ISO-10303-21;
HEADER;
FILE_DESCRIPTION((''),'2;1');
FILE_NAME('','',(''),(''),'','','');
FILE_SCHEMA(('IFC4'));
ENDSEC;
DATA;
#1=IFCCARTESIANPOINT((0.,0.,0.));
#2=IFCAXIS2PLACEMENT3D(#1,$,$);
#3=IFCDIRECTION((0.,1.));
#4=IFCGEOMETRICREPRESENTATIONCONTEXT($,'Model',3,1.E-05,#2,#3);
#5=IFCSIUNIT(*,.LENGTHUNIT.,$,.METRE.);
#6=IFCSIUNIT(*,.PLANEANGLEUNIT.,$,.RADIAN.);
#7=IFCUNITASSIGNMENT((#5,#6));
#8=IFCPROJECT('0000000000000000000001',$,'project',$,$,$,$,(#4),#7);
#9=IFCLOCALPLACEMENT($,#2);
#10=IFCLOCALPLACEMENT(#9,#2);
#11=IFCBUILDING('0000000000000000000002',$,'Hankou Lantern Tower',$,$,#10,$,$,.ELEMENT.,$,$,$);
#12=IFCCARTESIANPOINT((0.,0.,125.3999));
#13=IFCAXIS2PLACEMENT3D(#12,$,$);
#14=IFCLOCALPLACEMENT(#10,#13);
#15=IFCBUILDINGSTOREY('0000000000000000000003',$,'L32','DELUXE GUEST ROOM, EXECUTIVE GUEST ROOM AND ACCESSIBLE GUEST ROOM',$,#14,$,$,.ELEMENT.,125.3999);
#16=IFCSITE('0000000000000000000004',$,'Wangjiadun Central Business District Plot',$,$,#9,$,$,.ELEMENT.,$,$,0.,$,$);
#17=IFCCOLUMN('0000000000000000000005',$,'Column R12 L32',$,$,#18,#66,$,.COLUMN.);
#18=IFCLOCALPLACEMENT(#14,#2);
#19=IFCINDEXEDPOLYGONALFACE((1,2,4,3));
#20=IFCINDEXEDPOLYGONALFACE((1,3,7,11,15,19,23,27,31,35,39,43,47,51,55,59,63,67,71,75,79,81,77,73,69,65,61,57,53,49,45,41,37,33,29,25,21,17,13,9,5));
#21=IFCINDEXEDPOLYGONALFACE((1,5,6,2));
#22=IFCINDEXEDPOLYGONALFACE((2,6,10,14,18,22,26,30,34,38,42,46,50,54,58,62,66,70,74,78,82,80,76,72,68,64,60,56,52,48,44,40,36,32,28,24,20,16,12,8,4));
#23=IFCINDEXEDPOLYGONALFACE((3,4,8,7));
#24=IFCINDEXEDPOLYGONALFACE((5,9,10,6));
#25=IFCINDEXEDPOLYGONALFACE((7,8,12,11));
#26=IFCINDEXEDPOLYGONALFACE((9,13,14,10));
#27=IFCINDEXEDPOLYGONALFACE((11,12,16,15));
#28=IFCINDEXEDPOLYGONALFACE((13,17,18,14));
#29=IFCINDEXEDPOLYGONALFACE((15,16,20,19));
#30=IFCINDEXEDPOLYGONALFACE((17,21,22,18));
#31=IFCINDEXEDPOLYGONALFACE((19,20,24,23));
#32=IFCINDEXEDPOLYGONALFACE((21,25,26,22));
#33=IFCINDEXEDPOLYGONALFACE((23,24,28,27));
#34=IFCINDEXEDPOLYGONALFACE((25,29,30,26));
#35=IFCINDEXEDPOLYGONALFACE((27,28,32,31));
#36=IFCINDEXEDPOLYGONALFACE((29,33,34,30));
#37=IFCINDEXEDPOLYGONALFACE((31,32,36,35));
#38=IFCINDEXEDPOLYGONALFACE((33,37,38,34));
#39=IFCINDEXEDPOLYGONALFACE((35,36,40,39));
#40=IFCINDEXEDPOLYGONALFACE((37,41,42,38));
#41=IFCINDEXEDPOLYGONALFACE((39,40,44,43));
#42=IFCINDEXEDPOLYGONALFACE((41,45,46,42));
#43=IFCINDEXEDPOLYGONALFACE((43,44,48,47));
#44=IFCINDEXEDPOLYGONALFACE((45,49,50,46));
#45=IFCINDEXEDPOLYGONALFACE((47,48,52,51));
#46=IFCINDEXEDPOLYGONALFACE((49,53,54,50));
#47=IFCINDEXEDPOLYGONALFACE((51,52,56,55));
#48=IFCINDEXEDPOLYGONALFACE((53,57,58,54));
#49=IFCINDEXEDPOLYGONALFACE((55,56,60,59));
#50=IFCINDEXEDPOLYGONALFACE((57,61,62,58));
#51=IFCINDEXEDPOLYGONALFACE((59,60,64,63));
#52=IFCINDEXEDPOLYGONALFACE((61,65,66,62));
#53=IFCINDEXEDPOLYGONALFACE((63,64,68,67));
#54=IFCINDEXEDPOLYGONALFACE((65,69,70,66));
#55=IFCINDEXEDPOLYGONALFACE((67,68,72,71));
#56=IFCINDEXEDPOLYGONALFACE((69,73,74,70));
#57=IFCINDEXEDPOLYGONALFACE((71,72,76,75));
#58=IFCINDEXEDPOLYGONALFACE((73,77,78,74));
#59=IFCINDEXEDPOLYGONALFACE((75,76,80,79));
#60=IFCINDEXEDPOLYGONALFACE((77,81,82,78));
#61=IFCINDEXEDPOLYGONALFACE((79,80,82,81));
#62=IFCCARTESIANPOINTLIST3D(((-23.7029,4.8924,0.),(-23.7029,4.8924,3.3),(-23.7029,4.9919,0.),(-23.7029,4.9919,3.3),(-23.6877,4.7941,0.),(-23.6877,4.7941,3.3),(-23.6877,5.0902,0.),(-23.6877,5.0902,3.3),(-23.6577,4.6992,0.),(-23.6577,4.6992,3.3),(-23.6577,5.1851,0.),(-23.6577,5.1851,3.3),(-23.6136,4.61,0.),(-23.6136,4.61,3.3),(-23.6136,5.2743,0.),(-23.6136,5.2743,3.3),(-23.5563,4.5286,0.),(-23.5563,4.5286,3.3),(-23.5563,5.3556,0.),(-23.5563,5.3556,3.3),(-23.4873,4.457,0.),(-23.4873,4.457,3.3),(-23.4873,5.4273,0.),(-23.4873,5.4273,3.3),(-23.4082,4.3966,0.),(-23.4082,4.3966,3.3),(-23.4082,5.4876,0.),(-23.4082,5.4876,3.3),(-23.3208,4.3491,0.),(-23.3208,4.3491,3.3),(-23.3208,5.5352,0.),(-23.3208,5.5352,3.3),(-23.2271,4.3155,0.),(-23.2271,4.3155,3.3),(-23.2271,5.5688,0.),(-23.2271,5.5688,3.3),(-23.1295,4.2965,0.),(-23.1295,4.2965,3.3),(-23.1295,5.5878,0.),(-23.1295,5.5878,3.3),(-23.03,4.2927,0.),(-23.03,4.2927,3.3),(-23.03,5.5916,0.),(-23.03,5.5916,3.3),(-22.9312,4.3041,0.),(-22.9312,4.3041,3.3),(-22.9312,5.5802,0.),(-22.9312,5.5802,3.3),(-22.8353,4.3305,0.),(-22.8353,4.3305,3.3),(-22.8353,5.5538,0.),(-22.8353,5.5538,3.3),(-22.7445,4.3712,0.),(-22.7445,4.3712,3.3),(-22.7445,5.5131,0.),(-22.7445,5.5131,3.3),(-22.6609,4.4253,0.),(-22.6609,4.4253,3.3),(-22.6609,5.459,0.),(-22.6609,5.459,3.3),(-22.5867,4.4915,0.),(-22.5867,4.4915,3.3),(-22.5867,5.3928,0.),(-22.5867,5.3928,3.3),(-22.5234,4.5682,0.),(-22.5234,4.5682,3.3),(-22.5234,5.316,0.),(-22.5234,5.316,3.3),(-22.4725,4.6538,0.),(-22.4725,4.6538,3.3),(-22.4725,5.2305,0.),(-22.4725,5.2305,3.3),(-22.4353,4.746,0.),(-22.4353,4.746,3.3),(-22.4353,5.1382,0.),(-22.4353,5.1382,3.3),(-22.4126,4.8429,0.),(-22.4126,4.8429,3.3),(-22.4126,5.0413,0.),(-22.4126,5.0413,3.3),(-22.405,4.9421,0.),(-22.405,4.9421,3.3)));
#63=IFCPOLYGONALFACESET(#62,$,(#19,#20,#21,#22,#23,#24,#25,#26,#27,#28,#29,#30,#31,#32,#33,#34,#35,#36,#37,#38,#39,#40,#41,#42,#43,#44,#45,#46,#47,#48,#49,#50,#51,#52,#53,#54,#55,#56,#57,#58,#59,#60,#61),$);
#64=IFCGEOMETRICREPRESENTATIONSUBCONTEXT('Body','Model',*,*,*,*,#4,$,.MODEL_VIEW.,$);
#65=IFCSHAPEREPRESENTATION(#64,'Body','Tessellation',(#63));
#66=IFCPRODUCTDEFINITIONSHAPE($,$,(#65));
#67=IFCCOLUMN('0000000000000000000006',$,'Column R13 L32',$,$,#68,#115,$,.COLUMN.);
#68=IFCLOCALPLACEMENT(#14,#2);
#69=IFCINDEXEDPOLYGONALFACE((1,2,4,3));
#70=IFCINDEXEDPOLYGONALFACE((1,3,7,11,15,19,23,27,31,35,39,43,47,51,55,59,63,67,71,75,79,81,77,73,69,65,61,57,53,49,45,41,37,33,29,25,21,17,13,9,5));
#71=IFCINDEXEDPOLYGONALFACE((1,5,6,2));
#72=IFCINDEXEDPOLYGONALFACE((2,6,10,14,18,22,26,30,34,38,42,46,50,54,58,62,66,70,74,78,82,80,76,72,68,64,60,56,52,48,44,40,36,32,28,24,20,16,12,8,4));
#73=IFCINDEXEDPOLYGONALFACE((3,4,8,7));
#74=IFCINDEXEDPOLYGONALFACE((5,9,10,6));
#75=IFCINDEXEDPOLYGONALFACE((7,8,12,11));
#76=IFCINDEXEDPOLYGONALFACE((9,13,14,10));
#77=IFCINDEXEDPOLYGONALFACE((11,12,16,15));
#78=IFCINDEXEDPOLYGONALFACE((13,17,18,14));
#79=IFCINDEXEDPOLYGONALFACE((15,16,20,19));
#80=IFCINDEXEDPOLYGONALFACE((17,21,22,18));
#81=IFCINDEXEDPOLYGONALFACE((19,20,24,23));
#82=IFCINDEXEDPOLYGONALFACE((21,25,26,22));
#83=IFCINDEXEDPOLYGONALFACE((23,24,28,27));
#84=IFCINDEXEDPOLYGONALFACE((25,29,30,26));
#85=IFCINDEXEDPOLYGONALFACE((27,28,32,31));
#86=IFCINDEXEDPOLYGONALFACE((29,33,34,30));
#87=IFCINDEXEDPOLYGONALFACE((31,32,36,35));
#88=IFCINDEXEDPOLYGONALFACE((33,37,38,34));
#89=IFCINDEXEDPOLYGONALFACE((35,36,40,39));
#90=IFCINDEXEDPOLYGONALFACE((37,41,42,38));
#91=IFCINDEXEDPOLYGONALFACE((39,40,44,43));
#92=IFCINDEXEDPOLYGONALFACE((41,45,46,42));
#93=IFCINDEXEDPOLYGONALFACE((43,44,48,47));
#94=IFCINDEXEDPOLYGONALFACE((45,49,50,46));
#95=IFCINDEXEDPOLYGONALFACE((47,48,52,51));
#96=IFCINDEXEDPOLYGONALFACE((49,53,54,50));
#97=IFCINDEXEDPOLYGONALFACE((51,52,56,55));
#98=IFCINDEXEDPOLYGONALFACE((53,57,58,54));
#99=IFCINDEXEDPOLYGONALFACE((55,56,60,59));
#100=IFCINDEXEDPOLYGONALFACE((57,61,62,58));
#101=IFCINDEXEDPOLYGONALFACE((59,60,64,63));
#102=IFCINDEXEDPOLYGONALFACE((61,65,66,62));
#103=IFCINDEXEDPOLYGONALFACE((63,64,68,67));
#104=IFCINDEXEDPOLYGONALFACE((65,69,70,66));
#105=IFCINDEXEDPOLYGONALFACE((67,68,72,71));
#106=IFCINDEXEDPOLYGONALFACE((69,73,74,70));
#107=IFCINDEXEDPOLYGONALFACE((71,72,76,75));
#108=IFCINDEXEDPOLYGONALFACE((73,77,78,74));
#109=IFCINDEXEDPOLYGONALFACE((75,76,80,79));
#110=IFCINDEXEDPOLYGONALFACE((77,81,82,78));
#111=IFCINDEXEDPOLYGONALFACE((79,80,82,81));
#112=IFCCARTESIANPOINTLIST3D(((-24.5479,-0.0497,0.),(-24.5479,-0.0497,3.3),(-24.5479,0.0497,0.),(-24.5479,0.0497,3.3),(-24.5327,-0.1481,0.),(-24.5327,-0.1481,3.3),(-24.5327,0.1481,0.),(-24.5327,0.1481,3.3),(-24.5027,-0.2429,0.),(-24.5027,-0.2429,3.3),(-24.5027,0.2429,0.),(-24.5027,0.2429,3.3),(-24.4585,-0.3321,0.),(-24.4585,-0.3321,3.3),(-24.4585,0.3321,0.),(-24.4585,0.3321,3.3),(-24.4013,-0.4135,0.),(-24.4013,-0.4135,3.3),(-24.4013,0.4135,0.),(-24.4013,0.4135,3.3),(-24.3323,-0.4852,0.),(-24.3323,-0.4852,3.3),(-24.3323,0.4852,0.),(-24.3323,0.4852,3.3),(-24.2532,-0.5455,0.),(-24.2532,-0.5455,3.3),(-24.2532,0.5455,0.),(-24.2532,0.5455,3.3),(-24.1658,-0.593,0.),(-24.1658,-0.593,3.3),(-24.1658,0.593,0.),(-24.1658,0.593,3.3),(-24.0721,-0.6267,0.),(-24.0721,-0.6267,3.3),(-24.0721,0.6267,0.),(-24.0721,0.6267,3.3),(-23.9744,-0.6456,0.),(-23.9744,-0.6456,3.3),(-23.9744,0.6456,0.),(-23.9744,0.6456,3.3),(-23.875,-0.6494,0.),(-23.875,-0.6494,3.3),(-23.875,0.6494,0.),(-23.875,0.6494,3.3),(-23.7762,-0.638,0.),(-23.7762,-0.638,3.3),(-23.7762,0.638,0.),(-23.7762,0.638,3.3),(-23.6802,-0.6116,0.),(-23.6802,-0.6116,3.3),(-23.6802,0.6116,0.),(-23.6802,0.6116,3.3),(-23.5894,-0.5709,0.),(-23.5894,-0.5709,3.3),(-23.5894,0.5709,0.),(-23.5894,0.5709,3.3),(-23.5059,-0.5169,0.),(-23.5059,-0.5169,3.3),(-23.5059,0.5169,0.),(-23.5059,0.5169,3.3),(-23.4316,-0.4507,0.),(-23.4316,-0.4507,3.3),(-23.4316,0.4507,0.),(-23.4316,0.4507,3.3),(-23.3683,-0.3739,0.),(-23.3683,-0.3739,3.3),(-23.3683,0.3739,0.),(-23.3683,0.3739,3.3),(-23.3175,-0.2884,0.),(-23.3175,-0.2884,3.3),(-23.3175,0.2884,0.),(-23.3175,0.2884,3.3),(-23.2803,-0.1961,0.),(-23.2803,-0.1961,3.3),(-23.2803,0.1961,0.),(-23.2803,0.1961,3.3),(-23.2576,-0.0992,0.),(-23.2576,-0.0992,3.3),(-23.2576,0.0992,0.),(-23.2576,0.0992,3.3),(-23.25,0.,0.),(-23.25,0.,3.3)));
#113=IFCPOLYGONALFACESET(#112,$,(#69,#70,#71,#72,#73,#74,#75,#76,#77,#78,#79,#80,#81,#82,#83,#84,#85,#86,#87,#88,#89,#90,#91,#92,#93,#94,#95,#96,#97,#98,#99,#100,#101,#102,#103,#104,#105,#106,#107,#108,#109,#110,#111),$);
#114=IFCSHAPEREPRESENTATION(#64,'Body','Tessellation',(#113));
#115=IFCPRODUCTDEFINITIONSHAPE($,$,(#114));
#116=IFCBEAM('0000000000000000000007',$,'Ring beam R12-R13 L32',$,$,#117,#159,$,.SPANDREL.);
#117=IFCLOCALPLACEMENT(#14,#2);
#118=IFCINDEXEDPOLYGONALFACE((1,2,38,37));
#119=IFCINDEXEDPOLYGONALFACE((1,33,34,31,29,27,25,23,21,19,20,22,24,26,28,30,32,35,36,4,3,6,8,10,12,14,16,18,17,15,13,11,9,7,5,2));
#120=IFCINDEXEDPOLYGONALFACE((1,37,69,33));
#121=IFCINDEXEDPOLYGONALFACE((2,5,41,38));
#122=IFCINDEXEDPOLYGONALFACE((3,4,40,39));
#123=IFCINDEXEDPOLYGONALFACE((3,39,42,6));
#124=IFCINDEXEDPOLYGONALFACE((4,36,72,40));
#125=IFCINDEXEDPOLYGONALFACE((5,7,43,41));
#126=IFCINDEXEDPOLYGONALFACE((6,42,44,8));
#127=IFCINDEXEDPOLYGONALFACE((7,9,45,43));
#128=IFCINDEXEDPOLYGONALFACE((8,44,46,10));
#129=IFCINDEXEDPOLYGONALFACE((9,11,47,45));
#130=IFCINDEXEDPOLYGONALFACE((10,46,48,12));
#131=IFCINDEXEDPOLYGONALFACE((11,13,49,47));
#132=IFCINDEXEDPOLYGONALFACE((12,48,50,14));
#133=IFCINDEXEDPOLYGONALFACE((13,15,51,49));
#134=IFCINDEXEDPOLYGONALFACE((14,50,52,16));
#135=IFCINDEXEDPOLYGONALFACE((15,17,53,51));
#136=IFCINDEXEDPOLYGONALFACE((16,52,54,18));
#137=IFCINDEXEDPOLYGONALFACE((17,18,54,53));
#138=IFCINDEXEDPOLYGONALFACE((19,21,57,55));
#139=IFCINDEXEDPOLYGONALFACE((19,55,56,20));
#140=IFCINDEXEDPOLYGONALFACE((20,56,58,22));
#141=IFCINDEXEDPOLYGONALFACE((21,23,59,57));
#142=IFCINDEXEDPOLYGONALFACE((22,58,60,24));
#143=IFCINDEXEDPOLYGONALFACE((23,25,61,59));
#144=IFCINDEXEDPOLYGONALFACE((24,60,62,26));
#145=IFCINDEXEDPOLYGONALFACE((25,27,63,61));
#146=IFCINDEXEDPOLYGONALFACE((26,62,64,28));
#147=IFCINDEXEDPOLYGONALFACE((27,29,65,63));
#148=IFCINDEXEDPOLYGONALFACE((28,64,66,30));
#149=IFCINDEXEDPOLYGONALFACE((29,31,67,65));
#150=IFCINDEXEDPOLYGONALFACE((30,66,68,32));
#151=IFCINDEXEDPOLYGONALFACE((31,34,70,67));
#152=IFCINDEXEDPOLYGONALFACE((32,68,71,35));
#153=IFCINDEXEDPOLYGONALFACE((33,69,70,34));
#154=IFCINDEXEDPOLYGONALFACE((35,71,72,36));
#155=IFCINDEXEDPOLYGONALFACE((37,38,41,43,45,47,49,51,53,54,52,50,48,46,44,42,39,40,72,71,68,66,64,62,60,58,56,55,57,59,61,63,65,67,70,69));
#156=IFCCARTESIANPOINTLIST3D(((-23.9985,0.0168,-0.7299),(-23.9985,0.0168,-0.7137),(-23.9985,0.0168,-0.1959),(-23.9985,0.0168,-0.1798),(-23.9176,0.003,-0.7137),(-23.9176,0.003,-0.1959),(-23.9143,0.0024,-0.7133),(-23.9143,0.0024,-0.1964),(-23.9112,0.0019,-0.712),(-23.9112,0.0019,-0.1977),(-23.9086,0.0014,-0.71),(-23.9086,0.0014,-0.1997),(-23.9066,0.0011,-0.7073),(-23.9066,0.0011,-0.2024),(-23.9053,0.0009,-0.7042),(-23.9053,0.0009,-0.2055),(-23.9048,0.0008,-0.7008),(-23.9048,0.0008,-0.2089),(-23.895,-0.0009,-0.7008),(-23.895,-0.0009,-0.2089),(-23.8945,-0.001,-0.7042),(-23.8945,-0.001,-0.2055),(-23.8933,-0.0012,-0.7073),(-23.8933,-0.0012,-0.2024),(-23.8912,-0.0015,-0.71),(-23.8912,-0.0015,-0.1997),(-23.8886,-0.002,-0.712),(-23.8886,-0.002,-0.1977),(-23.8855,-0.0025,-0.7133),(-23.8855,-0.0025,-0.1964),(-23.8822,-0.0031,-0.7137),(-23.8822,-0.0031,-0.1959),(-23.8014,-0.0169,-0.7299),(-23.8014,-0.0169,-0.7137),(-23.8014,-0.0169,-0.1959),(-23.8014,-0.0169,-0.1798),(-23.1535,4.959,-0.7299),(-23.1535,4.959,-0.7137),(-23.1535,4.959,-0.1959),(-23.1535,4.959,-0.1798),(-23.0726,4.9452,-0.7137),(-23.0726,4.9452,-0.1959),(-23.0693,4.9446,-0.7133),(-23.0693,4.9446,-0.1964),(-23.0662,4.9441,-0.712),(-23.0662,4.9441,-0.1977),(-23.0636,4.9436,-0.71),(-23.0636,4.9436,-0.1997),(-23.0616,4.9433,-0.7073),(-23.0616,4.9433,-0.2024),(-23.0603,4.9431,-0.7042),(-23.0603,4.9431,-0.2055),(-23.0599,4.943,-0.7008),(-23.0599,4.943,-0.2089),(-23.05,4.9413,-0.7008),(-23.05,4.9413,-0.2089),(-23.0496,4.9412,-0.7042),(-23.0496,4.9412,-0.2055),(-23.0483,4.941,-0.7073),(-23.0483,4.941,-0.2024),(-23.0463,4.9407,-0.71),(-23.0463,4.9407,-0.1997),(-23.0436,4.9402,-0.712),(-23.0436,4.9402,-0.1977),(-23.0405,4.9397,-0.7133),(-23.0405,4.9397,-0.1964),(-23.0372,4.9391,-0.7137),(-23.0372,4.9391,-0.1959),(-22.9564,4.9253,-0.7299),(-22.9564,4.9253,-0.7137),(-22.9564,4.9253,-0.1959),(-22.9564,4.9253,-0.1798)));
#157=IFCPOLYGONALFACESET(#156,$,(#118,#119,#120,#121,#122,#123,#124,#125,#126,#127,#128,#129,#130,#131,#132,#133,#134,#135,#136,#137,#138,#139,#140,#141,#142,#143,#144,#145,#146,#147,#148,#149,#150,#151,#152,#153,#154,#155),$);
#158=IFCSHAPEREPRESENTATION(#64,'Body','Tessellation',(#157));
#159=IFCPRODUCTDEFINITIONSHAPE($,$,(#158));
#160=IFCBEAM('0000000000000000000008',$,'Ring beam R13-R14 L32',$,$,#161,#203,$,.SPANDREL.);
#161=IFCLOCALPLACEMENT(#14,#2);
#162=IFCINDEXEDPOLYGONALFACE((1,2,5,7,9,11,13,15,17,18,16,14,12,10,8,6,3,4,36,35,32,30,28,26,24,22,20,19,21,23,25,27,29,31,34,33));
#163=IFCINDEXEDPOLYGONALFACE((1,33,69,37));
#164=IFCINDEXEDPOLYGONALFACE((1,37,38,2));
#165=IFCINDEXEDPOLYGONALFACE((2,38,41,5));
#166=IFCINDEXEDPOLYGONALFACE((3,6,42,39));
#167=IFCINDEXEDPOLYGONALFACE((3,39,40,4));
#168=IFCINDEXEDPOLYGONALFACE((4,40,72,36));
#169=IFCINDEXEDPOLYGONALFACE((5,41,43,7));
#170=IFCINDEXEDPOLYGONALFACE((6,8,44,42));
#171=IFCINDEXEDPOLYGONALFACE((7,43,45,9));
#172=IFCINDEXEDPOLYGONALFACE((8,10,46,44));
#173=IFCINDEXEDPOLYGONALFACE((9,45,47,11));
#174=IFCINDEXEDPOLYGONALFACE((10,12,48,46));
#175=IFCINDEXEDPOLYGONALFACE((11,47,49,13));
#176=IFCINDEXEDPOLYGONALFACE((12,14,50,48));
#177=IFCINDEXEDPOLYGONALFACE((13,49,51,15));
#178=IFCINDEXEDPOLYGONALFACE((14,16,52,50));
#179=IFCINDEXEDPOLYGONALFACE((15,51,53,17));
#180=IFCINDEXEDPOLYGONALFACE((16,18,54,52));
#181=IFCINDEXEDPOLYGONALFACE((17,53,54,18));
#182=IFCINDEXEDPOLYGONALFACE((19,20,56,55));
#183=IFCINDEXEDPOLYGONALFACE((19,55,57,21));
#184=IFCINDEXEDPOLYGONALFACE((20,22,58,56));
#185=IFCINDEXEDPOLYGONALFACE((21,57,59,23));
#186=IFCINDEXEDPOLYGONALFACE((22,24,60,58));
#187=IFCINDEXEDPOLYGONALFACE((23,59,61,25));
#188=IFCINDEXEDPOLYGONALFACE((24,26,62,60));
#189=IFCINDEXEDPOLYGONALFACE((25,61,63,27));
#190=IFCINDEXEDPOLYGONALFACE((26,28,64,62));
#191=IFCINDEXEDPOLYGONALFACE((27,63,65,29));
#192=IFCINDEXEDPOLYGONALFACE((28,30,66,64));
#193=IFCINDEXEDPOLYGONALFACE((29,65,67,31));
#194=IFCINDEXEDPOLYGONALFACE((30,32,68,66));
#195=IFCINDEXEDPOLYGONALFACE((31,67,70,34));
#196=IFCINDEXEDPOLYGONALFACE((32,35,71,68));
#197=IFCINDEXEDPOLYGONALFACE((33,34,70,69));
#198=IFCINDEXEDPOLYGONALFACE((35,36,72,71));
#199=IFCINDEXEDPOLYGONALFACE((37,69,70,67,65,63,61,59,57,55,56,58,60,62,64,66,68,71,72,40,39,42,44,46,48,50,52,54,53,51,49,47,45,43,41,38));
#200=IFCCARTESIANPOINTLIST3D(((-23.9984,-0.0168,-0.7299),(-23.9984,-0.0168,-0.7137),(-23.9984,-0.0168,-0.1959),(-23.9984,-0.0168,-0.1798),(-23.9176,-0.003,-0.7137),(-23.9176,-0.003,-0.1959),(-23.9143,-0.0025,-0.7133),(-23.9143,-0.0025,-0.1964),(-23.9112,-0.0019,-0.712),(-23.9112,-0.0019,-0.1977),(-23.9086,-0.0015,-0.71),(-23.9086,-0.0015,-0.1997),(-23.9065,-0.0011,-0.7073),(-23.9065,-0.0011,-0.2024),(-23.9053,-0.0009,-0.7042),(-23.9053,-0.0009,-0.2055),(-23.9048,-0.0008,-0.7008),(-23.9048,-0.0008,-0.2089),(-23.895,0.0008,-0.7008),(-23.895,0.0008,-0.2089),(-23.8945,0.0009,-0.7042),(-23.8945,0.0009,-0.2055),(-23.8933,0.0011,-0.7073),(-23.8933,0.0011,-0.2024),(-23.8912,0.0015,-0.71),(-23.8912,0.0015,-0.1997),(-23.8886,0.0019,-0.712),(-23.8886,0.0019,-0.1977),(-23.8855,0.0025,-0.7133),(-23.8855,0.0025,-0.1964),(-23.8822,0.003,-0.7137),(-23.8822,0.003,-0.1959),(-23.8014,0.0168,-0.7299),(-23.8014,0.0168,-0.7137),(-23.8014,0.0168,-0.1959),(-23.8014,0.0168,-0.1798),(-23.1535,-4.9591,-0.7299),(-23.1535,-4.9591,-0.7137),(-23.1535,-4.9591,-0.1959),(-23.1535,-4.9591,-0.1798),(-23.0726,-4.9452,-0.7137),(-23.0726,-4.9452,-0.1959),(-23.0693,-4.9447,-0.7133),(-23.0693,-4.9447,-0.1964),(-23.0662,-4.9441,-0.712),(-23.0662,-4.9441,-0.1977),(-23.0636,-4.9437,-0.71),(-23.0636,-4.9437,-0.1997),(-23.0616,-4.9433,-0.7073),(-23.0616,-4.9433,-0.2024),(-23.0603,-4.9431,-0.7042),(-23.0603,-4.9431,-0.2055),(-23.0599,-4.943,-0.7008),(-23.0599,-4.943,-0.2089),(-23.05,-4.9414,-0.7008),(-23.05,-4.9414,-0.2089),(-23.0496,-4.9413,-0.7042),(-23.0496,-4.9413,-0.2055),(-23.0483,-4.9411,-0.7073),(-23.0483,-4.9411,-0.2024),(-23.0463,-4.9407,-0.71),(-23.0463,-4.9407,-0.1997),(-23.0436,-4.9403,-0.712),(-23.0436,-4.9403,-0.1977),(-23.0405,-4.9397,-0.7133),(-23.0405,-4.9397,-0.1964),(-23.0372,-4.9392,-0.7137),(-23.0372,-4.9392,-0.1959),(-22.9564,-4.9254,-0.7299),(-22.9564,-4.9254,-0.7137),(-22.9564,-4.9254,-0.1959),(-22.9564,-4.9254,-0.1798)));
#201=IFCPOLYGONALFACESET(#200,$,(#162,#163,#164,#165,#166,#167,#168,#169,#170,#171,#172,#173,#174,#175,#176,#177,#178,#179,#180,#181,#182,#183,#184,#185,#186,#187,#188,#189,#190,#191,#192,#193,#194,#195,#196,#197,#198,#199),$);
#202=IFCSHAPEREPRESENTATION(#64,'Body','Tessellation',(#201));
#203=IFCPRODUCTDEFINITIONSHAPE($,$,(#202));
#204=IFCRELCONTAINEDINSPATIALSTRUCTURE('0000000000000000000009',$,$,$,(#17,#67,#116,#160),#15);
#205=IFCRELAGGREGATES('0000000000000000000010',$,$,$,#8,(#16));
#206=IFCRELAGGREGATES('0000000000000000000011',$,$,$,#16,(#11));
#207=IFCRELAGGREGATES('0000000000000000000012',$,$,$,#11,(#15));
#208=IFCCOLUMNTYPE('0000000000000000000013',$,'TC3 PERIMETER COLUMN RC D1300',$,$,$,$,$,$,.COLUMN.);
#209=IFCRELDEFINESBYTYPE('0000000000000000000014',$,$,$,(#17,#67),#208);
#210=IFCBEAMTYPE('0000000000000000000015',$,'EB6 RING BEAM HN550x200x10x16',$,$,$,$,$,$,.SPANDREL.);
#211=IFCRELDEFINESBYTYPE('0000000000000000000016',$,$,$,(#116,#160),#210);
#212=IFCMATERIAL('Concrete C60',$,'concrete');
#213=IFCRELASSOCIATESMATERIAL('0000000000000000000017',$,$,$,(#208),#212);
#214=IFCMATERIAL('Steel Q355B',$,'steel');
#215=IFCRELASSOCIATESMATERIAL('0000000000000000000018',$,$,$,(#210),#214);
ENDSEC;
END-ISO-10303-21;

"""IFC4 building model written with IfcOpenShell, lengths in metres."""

from ifc_helpers import new_model, si_unit, direction, frame, origin, origin_2d, place, context, subcontext, project, spatial, circle, i_section, extrude, material, material_profile, profile_set, type_object, element, save


model = new_model("IFC4")

# Units and contexts
model_context = context("Model", 3, precision=1e-05, world=origin(), true_north=direction((0.0, 1.0)))
body_context = subcontext(model_context, "Body", "Model", "MODEL_VIEW")
ifc_project = project(units=[si_unit("LENGTHUNIT", "METRE"), si_unit("PLANEANGLEUNIT", "RADIAN")], contexts=[model_context])

# Site, building, storey
site_placement = place(None, origin())
site = spatial("IfcSite", under=ifc_project, at=site_placement, Name="Wangjiadun Central Business District Plot", CompositionType="ELEMENT", RefElevation=0.0)
building_placement = place(site_placement, origin())
building = spatial("IfcBuilding", under=site, at=building_placement, Name="Hankou Lantern Tower", CompositionType="ELEMENT")
storey_placement = place(building_placement, frame((0.0, 0.0, 125.3999)))
storey = spatial("IfcBuildingStorey", under=building, at=storey_placement, Name="L32", Description="DELUXE GUEST ROOM, EXECUTIVE GUEST ROOM AND ACCESSIBLE GUEST ROOM", CompositionType="ELEMENT", Elevation=125.3999)

# Columns
ifc_material_1 = material(Name="Concrete C60", Category="concrete")
ifc_material_profile_1 = material_profile(ifc_material_1, circle(Radius=0.6499, at=origin_2d()), Name="RC D1300")
ifc_profile_set_1 = profile_set([ifc_material_profile_1], Name="Concrete C60")
column_type = type_object("IfcColumnType", Name="TC3 PERIMETER COLUMN RC D1300", PredefinedType="COLUMN", material=ifc_profile_set_1)
for number, where, z_axis, x_axis, name in (
    (1, (-23.0549, 4.9421, 0.0), (0.0, 0.0, 1.0), (1.0, 0.0, 0.0), "Column R12 L32"),
    (2, (-23.8999, 0.0, 0.0), (0.0, 0.0, 1.0), (1.0, 0.0, 0.0), "Column R13 L32"),
):
    element("IfcColumn", number, at=place(storey_placement, frame(where, z_axis=z_axis, x_axis=x_axis)), inside=storey, type_object=column_type, Name=name, PredefinedType="COLUMN", context=body_context, shape_type="SweptSolid", body=[
        extrude(circle(Radius=0.6499, at=origin_2d()), origin(), (0.0, 0.0, 1.0), 3.3),
    ])

# Beams
ifc_material_2 = material(Name="Steel Q355B", Category="steel")
ifc_material_profile_2 = material_profile(ifc_material_2, i_section(OverallWidth=0.2, OverallDepth=0.55, WebThickness=0.01, FlangeThickness=0.0161, FilletRadius=0.0129, at=origin_2d()), Name="HN550x200x10x16")
ifc_profile_set_2 = profile_set([ifc_material_profile_2], Name="Steel Q355B")
beam_type_1 = type_object("IfcBeamType", Name="EB6 RING BEAM HN550x200x10x16", PredefinedType="SPANDREL", material=ifc_profile_set_2)
for number, where, z_axis, x_axis, name in (
    (3, (-23.0549, 4.9421, -0.4548), (-0.168527, -0.985697, 0.0), (0.985697, -0.168527, 0.0), "Ring beam R12-R13 L32"),
    (4, (-23.8999, 0.0, -0.4548), (0.168527, -0.985697, 0.0), (0.985697, 0.168527, 0.0), "Ring beam R13-R14 L32"),
):
    element("IfcBeam", number, at=place(storey_placement, frame(where, z_axis=z_axis, x_axis=x_axis)), inside=storey, type_object=beam_type_1, Name=name, PredefinedType="SPANDREL", context=body_context, shape_type="SweptSolid", body=[
        extrude(i_section(OverallWidth=0.2, OverallDepth=0.55, WebThickness=0.01, FlangeThickness=0.0161, FilletRadius=0.0129, at=origin_2d()), origin(), (0.0, 0.0, 1.0), 5.0139),
    ])

save(model, "model.ifc")
